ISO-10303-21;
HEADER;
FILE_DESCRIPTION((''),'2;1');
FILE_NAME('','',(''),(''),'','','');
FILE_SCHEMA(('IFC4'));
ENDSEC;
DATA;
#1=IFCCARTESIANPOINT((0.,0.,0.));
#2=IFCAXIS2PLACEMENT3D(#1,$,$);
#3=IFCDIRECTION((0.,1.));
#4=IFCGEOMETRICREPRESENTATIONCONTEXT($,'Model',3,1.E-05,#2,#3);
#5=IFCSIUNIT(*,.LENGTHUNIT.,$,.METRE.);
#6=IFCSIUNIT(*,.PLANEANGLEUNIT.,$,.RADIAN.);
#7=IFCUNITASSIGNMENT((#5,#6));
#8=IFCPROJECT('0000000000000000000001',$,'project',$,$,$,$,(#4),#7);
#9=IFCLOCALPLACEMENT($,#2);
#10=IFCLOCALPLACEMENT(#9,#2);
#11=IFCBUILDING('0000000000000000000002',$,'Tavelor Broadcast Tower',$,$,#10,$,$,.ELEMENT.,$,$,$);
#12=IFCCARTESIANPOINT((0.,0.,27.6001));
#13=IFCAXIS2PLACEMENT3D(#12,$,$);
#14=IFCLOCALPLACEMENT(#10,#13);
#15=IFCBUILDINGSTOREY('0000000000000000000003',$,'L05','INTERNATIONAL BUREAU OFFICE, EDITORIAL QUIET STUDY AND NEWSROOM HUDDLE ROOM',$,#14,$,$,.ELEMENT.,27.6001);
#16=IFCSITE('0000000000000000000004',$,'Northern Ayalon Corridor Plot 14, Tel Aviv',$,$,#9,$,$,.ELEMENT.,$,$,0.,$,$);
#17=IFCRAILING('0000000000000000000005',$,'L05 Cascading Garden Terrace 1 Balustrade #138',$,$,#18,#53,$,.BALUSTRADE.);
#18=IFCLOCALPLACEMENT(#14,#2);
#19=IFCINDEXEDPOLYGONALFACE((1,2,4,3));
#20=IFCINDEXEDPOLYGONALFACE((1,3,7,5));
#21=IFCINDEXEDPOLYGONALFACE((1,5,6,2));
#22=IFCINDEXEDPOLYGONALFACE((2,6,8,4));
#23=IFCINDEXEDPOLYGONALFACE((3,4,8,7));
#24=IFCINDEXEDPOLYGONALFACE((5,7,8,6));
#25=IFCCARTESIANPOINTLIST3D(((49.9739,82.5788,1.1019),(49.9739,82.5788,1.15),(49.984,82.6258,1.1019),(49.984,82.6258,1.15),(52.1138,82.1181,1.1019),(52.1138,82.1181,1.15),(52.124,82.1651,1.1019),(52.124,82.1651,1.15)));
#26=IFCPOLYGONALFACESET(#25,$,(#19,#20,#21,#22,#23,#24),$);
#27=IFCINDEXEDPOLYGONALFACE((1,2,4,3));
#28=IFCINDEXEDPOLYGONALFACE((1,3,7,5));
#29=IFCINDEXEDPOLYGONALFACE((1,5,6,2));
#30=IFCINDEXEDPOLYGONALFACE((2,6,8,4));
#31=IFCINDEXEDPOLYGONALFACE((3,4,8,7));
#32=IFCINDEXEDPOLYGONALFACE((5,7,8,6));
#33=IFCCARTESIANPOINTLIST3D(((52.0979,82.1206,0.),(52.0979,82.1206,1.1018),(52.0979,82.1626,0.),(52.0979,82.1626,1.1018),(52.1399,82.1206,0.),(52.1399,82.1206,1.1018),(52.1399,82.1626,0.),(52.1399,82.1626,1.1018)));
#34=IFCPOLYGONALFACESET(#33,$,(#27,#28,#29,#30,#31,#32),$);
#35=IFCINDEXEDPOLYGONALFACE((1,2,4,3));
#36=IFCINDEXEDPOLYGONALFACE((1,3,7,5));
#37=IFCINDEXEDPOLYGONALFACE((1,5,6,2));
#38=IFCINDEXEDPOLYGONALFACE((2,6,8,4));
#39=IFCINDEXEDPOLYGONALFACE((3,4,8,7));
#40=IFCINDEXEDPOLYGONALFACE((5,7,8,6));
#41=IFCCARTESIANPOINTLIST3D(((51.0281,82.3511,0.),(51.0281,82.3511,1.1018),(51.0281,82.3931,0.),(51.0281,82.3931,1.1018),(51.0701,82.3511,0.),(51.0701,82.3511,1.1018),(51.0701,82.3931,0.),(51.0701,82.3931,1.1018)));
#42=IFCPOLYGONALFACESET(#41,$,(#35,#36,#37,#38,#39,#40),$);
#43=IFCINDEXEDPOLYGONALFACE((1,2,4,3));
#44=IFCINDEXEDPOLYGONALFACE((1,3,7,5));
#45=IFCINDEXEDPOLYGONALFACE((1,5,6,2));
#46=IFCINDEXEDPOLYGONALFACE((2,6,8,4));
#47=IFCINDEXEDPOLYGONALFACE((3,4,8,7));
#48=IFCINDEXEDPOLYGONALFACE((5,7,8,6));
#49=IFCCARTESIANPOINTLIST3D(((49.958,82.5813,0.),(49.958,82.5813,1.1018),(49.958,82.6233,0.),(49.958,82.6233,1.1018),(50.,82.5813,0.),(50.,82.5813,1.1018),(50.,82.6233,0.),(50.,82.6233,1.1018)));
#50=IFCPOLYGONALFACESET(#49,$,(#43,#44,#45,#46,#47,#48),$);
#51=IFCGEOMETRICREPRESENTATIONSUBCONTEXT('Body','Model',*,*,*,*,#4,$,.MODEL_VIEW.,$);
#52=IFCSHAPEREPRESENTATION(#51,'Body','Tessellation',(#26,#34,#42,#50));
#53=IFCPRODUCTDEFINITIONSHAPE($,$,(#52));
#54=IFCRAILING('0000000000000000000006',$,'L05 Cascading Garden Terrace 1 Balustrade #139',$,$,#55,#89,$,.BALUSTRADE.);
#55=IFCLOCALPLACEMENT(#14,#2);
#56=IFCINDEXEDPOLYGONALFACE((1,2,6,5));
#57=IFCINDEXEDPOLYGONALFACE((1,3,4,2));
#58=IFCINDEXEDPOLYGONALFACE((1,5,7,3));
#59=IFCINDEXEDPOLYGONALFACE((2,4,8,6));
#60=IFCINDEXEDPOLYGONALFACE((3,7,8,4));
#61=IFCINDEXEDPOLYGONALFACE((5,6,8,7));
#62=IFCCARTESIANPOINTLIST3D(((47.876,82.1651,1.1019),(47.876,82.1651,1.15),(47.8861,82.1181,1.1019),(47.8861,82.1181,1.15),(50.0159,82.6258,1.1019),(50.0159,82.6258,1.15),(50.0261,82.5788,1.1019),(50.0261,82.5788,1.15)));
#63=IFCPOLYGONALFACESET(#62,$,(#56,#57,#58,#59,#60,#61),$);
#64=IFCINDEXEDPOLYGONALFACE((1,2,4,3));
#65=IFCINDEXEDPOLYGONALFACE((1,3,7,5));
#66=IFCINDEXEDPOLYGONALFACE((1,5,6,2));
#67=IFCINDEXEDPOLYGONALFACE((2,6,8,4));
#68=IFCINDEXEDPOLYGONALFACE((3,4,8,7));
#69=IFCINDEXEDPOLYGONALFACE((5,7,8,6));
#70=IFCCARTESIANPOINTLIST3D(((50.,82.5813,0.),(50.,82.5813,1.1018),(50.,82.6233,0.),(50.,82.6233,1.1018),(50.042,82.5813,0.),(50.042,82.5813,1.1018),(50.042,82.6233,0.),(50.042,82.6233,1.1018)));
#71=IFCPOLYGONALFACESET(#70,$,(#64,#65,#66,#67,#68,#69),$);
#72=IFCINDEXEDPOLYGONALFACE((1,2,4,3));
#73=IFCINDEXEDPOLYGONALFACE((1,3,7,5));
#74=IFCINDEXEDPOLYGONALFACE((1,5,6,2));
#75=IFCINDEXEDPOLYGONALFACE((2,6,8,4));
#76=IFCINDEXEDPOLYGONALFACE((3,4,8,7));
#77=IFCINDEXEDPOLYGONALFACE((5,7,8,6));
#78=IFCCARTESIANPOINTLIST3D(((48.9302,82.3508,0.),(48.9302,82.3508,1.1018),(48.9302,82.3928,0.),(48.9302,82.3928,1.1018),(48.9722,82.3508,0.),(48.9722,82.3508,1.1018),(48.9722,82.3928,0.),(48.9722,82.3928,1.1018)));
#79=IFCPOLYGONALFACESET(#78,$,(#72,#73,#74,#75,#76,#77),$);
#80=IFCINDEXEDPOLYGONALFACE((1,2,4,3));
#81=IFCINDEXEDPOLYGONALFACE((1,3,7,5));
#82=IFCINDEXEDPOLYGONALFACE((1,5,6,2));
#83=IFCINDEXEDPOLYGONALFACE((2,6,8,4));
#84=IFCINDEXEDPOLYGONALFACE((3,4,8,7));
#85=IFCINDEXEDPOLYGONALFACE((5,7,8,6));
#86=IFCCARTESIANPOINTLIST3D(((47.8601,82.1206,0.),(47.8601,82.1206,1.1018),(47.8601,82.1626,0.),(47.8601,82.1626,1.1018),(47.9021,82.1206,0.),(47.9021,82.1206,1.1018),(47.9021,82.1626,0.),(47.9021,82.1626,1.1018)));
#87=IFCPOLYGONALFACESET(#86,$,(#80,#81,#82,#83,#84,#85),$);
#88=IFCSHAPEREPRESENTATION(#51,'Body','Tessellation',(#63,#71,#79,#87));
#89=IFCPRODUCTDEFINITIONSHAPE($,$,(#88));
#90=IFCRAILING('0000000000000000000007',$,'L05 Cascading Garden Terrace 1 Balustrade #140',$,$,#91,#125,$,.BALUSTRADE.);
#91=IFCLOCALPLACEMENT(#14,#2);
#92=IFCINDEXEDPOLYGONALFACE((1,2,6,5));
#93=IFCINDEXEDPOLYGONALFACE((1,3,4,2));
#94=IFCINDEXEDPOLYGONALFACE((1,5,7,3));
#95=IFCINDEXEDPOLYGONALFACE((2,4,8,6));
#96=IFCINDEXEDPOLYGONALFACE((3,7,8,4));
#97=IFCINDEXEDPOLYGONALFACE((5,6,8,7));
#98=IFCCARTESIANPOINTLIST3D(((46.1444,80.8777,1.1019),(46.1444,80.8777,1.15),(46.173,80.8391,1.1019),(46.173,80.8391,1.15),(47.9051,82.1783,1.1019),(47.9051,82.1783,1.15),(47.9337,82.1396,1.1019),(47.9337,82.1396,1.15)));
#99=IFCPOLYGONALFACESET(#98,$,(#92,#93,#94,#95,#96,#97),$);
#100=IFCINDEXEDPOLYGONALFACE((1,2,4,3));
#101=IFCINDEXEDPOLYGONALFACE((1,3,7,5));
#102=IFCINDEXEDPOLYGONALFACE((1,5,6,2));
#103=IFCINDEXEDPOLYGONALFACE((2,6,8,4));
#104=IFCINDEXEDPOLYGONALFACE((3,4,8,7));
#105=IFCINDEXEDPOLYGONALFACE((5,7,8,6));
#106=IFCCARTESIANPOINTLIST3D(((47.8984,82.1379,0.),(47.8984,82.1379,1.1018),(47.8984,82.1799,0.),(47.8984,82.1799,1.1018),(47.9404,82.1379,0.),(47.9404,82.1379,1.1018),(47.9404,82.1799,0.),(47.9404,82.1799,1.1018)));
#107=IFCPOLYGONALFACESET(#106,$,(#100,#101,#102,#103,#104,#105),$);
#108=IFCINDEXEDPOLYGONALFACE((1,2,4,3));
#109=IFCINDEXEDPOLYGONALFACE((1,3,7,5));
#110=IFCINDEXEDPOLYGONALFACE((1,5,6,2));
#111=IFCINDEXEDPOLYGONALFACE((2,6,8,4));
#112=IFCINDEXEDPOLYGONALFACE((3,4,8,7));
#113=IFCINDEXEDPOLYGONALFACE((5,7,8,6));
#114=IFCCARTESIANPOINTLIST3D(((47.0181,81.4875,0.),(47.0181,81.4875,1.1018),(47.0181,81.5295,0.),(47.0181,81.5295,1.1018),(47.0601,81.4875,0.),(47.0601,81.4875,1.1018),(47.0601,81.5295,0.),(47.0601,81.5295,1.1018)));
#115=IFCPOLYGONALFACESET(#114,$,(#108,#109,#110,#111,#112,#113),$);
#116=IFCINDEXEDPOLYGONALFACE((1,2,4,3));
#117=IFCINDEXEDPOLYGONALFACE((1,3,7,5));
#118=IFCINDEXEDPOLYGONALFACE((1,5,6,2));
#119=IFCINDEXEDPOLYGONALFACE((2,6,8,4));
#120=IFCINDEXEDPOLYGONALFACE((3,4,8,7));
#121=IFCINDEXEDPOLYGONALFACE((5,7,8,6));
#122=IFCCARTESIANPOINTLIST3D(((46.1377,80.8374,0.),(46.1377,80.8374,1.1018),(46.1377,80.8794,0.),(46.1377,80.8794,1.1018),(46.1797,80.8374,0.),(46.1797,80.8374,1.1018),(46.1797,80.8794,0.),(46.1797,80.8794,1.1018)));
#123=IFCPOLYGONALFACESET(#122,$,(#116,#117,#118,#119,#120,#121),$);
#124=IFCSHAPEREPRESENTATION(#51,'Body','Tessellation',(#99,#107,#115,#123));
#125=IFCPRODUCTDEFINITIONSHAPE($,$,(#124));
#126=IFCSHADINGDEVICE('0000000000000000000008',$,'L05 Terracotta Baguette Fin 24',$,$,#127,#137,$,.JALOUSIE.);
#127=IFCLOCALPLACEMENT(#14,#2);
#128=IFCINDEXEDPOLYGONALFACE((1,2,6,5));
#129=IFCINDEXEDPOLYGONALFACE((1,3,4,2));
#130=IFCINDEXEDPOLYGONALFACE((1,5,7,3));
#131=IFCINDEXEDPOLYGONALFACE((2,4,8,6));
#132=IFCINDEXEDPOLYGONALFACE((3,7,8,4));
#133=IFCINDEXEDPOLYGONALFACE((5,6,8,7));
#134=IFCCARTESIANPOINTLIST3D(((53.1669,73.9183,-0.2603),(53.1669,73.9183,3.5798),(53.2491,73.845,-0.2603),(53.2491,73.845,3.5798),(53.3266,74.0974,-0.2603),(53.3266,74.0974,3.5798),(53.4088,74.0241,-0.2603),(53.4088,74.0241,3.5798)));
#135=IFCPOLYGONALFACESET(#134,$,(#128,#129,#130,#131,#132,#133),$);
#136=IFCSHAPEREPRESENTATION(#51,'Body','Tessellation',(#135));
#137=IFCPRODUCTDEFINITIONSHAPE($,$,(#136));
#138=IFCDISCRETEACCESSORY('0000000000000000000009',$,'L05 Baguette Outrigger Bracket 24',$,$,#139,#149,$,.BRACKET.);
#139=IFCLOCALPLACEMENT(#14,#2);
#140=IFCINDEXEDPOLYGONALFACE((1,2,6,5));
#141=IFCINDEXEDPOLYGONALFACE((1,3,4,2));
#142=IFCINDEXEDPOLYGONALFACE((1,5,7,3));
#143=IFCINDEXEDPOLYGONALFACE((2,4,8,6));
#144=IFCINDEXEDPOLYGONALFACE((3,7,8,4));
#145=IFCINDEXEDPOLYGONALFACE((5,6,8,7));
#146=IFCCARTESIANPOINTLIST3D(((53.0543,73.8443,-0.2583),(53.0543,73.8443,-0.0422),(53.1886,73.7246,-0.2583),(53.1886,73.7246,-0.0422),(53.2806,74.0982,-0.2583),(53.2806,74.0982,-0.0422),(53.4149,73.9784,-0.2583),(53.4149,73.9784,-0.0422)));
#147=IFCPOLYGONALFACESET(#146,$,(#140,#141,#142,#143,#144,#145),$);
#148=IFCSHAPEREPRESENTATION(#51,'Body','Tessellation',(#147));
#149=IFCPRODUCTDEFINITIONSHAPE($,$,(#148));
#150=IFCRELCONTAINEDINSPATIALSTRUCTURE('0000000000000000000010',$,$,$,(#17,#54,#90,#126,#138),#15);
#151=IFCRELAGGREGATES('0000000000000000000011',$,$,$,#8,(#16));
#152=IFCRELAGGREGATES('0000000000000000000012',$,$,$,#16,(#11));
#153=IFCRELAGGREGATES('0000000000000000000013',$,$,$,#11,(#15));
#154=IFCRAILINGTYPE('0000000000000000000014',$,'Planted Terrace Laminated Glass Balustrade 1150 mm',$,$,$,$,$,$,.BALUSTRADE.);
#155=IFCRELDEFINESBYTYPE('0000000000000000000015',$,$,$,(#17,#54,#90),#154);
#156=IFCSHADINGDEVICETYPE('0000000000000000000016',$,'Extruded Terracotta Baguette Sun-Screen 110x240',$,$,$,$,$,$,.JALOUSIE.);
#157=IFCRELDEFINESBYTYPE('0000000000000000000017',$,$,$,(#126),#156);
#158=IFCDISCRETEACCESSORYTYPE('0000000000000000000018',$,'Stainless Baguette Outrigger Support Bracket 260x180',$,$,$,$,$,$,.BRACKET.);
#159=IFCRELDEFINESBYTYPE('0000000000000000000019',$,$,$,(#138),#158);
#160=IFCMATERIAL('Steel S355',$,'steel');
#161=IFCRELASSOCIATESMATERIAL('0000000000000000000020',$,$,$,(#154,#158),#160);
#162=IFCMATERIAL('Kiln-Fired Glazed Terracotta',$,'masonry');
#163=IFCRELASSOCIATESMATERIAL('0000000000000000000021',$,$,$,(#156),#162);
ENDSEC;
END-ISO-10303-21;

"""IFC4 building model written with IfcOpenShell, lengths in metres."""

from ifc_helpers import new_model, si_unit, direction, frame, origin, origin_2d, place, context, subcontext, project, spatial, rectangle, extrude, source, transform, mapped, material, type_object, type_shapes, element, save


model = new_model("IFC4")

# Units and contexts
model_context = context("Model", 3, precision=1e-05, world=origin(), true_north=direction((0.0, 1.0)))
body_context = subcontext(model_context, "Body", "Model", "MODEL_VIEW")
ifc_project = project(units=[si_unit("LENGTHUNIT", "METRE"), si_unit("PLANEANGLEUNIT", "RADIAN")], contexts=[model_context])

# Site, building, storey
site_placement = place(None, origin())
site = spatial("IfcSite", under=ifc_project, at=site_placement, Name="Northern Ayalon Corridor Plot 14, Tel Aviv", CompositionType="ELEMENT", RefElevation=0.0)
building_placement = place(site_placement, origin())
building = spatial("IfcBuilding", under=site, at=building_placement, Name="Tavelor Broadcast Tower", CompositionType="ELEMENT")
storey_placement = place(building_placement, frame((0.0, 0.0, 27.6001)))
storey = spatial("IfcBuildingStorey", under=building, at=storey_placement, Name="L05", Description="INTERNATIONAL BUREAU OFFICE, EDITORIAL QUIET STUDY AND NEWSROOM HUDDLE ROOM", CompositionType="ELEMENT", Elevation=27.6001)

# Shared definitions
ifc_material_1 = material(Name="Steel S355", Category="steel")

# Railings
railing_type = type_object("IfcRailingType", Name="Planted Terrace Laminated Glass Balustrade 1150 mm", PredefinedType="BALUSTRADE", material=ifc_material_1)
railing_1_placement = place(storey_placement, frame((52.1189, 82.1416, 0.0)))
element("IfcRailing", 1, at=railing_1_placement, inside=storey, type_object=railing_type, Name="L05 Cascading Garden Terrace 1 Balustrade #138", PredefinedType="BALUSTRADE", context=body_context, shape_type="SweptSolid", body=[
    extrude(rectangle(XDim=0.0481, YDim=0.0481, at=origin_2d()), frame((0.0, 0.0, 1.126), z_axis=(-0.977601, 0.210466, 0.0), x_axis=(-0.210466, -0.977601, 0.0)), (0.0, 0.0, 1.0), 2.189),
    extrude(rectangle(XDim=0.042, YDim=0.042, at=origin_2d()), origin(), (0.0, 0.0, 1.0), 1.1018),
    extrude(rectangle(XDim=0.042, YDim=0.042, at=origin_2d()), frame((-1.0698, 0.2305, 0.0)), (0.0, 0.0, 1.0), 1.1018),
    extrude(rectangle(XDim=0.042, YDim=0.042, at=origin_2d()), frame((-2.1399, 0.4607, 0.0)), (0.0, 0.0, 1.0), 1.1018),
])
railing_2_placement = place(storey_placement, frame((50.021, 82.6023, 0.0)))
element("IfcRailing", 2, at=railing_2_placement, inside=storey, type_object=railing_type, Name="L05 Cascading Garden Terrace 1 Balustrade #139", PredefinedType="BALUSTRADE", context=body_context, shape_type="SweptSolid", body=[
    extrude(rectangle(XDim=0.0481, YDim=0.0481, at=origin_2d()), frame((0.0, 0.0, 1.126), z_axis=(-0.977601, -0.210466, 0.0), x_axis=(0.210466, -0.977601, 0.0)), (0.0, 0.0, 1.0), 2.189),
    extrude(rectangle(XDim=0.042, YDim=0.042, at=origin_2d()), origin(), (0.0, 0.0, 1.0), 1.1018),
    extrude(rectangle(XDim=0.042, YDim=0.042, at=origin_2d()), frame((-1.0698, -0.2305, 0.0)), (0.0, 0.0, 1.0), 1.1018),
    extrude(rectangle(XDim=0.042, YDim=0.042, at=origin_2d()), frame((-2.1399, -0.4607, 0.0)), (0.0, 0.0, 1.0), 1.1018),
])
railing_3_placement = place(storey_placement, frame((47.9194, 82.1589, 0.0)))
element("IfcRailing", 3, at=railing_3_placement, inside=storey, type_object=railing_type, Name="L05 Cascading Garden Terrace 1 Balustrade #140", PredefinedType="BALUSTRADE", context=body_context, shape_type="SweptSolid", body=[
    extrude(rectangle(XDim=0.0481, YDim=0.0481, at=origin_2d()), frame((0.0, 0.0, 1.126), z_axis=(-0.804368, -0.594131, 0.0), x_axis=(0.594131, -0.804368, 0.0)), (0.0, 0.0, 1.0), 2.189),
    extrude(rectangle(XDim=0.042, YDim=0.042, at=origin_2d()), origin(), (0.0, 0.0, 1.0), 1.1018),
    extrude(rectangle(XDim=0.042, YDim=0.042, at=origin_2d()), frame((-0.8804, -0.6504, 0.0)), (0.0, 0.0, 1.0), 1.1018),
    extrude(rectangle(XDim=0.042, YDim=0.042, at=origin_2d()), frame((-1.7607, -1.3005, 0.0)), (0.0, 0.0, 1.0), 1.1018),
])

# Shading device
ifc_material_2 = material(Name="Kiln-Fired Glazed Terracotta", Category="masonry")
shading_device_type = type_object("IfcShadingDeviceType", Name="Extruded Terracotta Baguette Sun-Screen 110x240", PredefinedType="JALOUSIE", material=ifc_material_2)
shared_shape_1 = source(origin(), body_context, "Body", "SweptSolid", [
    extrude(rectangle(XDim=0.1101, YDim=0.24, at=origin_2d()), origin(), (0.0, 0.0, 1.0), 3.8401),
])
type_shapes(shading_device_type, [shared_shape_1])
shading_device_placement = place(storey_placement, frame((53.2878, 73.9712, -0.2603), z_axis=(0.0, 0.0, 1.0), x_axis=(-0.746406, 0.665491, 0.0)))
element("IfcShadingDevice", 4, at=shading_device_placement, inside=storey, type_object=shading_device_type, Name="L05 Terracotta Baguette Fin 24", PredefinedType="JALOUSIE", context=body_context, shape_type="MappedRepresentation", body=[
    mapped(shared_shape_1, transform((0.0, 0.0, 0.0), scale=1.0)),
])

# Discrete accessory
discrete_accessory_type = type_object("IfcDiscreteAccessoryType", Name="Stainless Baguette Outrigger Support Bracket 260x180", PredefinedType="BRACKET", material=ifc_material_1)
shared_shape_2 = source(origin(), body_context, "Body", "SweptSolid", [
    extrude(rectangle(XDim=0.1799, YDim=0.3401, at=origin_2d()), origin(), (0.0, 0.0, 1.0), 0.2161),
])
type_shapes(discrete_accessory_type, [shared_shape_2])
discrete_accessory_placement = place(storey_placement, frame((53.2346, 73.9114, -0.2583), z_axis=(0.0, 0.0, 1.0), x_axis=(-0.746406, 0.665491, 0.0)))
element("IfcDiscreteAccessory", 5, at=discrete_accessory_placement, inside=storey, type_object=discrete_accessory_type, Name="L05 Baguette Outrigger Bracket 24", PredefinedType="BRACKET", context=body_context, shape_type="MappedRepresentation", body=[
    mapped(shared_shape_2, transform((0.0, 0.0, 0.0), scale=1.0)),
])

save(model, "model.ifc")
